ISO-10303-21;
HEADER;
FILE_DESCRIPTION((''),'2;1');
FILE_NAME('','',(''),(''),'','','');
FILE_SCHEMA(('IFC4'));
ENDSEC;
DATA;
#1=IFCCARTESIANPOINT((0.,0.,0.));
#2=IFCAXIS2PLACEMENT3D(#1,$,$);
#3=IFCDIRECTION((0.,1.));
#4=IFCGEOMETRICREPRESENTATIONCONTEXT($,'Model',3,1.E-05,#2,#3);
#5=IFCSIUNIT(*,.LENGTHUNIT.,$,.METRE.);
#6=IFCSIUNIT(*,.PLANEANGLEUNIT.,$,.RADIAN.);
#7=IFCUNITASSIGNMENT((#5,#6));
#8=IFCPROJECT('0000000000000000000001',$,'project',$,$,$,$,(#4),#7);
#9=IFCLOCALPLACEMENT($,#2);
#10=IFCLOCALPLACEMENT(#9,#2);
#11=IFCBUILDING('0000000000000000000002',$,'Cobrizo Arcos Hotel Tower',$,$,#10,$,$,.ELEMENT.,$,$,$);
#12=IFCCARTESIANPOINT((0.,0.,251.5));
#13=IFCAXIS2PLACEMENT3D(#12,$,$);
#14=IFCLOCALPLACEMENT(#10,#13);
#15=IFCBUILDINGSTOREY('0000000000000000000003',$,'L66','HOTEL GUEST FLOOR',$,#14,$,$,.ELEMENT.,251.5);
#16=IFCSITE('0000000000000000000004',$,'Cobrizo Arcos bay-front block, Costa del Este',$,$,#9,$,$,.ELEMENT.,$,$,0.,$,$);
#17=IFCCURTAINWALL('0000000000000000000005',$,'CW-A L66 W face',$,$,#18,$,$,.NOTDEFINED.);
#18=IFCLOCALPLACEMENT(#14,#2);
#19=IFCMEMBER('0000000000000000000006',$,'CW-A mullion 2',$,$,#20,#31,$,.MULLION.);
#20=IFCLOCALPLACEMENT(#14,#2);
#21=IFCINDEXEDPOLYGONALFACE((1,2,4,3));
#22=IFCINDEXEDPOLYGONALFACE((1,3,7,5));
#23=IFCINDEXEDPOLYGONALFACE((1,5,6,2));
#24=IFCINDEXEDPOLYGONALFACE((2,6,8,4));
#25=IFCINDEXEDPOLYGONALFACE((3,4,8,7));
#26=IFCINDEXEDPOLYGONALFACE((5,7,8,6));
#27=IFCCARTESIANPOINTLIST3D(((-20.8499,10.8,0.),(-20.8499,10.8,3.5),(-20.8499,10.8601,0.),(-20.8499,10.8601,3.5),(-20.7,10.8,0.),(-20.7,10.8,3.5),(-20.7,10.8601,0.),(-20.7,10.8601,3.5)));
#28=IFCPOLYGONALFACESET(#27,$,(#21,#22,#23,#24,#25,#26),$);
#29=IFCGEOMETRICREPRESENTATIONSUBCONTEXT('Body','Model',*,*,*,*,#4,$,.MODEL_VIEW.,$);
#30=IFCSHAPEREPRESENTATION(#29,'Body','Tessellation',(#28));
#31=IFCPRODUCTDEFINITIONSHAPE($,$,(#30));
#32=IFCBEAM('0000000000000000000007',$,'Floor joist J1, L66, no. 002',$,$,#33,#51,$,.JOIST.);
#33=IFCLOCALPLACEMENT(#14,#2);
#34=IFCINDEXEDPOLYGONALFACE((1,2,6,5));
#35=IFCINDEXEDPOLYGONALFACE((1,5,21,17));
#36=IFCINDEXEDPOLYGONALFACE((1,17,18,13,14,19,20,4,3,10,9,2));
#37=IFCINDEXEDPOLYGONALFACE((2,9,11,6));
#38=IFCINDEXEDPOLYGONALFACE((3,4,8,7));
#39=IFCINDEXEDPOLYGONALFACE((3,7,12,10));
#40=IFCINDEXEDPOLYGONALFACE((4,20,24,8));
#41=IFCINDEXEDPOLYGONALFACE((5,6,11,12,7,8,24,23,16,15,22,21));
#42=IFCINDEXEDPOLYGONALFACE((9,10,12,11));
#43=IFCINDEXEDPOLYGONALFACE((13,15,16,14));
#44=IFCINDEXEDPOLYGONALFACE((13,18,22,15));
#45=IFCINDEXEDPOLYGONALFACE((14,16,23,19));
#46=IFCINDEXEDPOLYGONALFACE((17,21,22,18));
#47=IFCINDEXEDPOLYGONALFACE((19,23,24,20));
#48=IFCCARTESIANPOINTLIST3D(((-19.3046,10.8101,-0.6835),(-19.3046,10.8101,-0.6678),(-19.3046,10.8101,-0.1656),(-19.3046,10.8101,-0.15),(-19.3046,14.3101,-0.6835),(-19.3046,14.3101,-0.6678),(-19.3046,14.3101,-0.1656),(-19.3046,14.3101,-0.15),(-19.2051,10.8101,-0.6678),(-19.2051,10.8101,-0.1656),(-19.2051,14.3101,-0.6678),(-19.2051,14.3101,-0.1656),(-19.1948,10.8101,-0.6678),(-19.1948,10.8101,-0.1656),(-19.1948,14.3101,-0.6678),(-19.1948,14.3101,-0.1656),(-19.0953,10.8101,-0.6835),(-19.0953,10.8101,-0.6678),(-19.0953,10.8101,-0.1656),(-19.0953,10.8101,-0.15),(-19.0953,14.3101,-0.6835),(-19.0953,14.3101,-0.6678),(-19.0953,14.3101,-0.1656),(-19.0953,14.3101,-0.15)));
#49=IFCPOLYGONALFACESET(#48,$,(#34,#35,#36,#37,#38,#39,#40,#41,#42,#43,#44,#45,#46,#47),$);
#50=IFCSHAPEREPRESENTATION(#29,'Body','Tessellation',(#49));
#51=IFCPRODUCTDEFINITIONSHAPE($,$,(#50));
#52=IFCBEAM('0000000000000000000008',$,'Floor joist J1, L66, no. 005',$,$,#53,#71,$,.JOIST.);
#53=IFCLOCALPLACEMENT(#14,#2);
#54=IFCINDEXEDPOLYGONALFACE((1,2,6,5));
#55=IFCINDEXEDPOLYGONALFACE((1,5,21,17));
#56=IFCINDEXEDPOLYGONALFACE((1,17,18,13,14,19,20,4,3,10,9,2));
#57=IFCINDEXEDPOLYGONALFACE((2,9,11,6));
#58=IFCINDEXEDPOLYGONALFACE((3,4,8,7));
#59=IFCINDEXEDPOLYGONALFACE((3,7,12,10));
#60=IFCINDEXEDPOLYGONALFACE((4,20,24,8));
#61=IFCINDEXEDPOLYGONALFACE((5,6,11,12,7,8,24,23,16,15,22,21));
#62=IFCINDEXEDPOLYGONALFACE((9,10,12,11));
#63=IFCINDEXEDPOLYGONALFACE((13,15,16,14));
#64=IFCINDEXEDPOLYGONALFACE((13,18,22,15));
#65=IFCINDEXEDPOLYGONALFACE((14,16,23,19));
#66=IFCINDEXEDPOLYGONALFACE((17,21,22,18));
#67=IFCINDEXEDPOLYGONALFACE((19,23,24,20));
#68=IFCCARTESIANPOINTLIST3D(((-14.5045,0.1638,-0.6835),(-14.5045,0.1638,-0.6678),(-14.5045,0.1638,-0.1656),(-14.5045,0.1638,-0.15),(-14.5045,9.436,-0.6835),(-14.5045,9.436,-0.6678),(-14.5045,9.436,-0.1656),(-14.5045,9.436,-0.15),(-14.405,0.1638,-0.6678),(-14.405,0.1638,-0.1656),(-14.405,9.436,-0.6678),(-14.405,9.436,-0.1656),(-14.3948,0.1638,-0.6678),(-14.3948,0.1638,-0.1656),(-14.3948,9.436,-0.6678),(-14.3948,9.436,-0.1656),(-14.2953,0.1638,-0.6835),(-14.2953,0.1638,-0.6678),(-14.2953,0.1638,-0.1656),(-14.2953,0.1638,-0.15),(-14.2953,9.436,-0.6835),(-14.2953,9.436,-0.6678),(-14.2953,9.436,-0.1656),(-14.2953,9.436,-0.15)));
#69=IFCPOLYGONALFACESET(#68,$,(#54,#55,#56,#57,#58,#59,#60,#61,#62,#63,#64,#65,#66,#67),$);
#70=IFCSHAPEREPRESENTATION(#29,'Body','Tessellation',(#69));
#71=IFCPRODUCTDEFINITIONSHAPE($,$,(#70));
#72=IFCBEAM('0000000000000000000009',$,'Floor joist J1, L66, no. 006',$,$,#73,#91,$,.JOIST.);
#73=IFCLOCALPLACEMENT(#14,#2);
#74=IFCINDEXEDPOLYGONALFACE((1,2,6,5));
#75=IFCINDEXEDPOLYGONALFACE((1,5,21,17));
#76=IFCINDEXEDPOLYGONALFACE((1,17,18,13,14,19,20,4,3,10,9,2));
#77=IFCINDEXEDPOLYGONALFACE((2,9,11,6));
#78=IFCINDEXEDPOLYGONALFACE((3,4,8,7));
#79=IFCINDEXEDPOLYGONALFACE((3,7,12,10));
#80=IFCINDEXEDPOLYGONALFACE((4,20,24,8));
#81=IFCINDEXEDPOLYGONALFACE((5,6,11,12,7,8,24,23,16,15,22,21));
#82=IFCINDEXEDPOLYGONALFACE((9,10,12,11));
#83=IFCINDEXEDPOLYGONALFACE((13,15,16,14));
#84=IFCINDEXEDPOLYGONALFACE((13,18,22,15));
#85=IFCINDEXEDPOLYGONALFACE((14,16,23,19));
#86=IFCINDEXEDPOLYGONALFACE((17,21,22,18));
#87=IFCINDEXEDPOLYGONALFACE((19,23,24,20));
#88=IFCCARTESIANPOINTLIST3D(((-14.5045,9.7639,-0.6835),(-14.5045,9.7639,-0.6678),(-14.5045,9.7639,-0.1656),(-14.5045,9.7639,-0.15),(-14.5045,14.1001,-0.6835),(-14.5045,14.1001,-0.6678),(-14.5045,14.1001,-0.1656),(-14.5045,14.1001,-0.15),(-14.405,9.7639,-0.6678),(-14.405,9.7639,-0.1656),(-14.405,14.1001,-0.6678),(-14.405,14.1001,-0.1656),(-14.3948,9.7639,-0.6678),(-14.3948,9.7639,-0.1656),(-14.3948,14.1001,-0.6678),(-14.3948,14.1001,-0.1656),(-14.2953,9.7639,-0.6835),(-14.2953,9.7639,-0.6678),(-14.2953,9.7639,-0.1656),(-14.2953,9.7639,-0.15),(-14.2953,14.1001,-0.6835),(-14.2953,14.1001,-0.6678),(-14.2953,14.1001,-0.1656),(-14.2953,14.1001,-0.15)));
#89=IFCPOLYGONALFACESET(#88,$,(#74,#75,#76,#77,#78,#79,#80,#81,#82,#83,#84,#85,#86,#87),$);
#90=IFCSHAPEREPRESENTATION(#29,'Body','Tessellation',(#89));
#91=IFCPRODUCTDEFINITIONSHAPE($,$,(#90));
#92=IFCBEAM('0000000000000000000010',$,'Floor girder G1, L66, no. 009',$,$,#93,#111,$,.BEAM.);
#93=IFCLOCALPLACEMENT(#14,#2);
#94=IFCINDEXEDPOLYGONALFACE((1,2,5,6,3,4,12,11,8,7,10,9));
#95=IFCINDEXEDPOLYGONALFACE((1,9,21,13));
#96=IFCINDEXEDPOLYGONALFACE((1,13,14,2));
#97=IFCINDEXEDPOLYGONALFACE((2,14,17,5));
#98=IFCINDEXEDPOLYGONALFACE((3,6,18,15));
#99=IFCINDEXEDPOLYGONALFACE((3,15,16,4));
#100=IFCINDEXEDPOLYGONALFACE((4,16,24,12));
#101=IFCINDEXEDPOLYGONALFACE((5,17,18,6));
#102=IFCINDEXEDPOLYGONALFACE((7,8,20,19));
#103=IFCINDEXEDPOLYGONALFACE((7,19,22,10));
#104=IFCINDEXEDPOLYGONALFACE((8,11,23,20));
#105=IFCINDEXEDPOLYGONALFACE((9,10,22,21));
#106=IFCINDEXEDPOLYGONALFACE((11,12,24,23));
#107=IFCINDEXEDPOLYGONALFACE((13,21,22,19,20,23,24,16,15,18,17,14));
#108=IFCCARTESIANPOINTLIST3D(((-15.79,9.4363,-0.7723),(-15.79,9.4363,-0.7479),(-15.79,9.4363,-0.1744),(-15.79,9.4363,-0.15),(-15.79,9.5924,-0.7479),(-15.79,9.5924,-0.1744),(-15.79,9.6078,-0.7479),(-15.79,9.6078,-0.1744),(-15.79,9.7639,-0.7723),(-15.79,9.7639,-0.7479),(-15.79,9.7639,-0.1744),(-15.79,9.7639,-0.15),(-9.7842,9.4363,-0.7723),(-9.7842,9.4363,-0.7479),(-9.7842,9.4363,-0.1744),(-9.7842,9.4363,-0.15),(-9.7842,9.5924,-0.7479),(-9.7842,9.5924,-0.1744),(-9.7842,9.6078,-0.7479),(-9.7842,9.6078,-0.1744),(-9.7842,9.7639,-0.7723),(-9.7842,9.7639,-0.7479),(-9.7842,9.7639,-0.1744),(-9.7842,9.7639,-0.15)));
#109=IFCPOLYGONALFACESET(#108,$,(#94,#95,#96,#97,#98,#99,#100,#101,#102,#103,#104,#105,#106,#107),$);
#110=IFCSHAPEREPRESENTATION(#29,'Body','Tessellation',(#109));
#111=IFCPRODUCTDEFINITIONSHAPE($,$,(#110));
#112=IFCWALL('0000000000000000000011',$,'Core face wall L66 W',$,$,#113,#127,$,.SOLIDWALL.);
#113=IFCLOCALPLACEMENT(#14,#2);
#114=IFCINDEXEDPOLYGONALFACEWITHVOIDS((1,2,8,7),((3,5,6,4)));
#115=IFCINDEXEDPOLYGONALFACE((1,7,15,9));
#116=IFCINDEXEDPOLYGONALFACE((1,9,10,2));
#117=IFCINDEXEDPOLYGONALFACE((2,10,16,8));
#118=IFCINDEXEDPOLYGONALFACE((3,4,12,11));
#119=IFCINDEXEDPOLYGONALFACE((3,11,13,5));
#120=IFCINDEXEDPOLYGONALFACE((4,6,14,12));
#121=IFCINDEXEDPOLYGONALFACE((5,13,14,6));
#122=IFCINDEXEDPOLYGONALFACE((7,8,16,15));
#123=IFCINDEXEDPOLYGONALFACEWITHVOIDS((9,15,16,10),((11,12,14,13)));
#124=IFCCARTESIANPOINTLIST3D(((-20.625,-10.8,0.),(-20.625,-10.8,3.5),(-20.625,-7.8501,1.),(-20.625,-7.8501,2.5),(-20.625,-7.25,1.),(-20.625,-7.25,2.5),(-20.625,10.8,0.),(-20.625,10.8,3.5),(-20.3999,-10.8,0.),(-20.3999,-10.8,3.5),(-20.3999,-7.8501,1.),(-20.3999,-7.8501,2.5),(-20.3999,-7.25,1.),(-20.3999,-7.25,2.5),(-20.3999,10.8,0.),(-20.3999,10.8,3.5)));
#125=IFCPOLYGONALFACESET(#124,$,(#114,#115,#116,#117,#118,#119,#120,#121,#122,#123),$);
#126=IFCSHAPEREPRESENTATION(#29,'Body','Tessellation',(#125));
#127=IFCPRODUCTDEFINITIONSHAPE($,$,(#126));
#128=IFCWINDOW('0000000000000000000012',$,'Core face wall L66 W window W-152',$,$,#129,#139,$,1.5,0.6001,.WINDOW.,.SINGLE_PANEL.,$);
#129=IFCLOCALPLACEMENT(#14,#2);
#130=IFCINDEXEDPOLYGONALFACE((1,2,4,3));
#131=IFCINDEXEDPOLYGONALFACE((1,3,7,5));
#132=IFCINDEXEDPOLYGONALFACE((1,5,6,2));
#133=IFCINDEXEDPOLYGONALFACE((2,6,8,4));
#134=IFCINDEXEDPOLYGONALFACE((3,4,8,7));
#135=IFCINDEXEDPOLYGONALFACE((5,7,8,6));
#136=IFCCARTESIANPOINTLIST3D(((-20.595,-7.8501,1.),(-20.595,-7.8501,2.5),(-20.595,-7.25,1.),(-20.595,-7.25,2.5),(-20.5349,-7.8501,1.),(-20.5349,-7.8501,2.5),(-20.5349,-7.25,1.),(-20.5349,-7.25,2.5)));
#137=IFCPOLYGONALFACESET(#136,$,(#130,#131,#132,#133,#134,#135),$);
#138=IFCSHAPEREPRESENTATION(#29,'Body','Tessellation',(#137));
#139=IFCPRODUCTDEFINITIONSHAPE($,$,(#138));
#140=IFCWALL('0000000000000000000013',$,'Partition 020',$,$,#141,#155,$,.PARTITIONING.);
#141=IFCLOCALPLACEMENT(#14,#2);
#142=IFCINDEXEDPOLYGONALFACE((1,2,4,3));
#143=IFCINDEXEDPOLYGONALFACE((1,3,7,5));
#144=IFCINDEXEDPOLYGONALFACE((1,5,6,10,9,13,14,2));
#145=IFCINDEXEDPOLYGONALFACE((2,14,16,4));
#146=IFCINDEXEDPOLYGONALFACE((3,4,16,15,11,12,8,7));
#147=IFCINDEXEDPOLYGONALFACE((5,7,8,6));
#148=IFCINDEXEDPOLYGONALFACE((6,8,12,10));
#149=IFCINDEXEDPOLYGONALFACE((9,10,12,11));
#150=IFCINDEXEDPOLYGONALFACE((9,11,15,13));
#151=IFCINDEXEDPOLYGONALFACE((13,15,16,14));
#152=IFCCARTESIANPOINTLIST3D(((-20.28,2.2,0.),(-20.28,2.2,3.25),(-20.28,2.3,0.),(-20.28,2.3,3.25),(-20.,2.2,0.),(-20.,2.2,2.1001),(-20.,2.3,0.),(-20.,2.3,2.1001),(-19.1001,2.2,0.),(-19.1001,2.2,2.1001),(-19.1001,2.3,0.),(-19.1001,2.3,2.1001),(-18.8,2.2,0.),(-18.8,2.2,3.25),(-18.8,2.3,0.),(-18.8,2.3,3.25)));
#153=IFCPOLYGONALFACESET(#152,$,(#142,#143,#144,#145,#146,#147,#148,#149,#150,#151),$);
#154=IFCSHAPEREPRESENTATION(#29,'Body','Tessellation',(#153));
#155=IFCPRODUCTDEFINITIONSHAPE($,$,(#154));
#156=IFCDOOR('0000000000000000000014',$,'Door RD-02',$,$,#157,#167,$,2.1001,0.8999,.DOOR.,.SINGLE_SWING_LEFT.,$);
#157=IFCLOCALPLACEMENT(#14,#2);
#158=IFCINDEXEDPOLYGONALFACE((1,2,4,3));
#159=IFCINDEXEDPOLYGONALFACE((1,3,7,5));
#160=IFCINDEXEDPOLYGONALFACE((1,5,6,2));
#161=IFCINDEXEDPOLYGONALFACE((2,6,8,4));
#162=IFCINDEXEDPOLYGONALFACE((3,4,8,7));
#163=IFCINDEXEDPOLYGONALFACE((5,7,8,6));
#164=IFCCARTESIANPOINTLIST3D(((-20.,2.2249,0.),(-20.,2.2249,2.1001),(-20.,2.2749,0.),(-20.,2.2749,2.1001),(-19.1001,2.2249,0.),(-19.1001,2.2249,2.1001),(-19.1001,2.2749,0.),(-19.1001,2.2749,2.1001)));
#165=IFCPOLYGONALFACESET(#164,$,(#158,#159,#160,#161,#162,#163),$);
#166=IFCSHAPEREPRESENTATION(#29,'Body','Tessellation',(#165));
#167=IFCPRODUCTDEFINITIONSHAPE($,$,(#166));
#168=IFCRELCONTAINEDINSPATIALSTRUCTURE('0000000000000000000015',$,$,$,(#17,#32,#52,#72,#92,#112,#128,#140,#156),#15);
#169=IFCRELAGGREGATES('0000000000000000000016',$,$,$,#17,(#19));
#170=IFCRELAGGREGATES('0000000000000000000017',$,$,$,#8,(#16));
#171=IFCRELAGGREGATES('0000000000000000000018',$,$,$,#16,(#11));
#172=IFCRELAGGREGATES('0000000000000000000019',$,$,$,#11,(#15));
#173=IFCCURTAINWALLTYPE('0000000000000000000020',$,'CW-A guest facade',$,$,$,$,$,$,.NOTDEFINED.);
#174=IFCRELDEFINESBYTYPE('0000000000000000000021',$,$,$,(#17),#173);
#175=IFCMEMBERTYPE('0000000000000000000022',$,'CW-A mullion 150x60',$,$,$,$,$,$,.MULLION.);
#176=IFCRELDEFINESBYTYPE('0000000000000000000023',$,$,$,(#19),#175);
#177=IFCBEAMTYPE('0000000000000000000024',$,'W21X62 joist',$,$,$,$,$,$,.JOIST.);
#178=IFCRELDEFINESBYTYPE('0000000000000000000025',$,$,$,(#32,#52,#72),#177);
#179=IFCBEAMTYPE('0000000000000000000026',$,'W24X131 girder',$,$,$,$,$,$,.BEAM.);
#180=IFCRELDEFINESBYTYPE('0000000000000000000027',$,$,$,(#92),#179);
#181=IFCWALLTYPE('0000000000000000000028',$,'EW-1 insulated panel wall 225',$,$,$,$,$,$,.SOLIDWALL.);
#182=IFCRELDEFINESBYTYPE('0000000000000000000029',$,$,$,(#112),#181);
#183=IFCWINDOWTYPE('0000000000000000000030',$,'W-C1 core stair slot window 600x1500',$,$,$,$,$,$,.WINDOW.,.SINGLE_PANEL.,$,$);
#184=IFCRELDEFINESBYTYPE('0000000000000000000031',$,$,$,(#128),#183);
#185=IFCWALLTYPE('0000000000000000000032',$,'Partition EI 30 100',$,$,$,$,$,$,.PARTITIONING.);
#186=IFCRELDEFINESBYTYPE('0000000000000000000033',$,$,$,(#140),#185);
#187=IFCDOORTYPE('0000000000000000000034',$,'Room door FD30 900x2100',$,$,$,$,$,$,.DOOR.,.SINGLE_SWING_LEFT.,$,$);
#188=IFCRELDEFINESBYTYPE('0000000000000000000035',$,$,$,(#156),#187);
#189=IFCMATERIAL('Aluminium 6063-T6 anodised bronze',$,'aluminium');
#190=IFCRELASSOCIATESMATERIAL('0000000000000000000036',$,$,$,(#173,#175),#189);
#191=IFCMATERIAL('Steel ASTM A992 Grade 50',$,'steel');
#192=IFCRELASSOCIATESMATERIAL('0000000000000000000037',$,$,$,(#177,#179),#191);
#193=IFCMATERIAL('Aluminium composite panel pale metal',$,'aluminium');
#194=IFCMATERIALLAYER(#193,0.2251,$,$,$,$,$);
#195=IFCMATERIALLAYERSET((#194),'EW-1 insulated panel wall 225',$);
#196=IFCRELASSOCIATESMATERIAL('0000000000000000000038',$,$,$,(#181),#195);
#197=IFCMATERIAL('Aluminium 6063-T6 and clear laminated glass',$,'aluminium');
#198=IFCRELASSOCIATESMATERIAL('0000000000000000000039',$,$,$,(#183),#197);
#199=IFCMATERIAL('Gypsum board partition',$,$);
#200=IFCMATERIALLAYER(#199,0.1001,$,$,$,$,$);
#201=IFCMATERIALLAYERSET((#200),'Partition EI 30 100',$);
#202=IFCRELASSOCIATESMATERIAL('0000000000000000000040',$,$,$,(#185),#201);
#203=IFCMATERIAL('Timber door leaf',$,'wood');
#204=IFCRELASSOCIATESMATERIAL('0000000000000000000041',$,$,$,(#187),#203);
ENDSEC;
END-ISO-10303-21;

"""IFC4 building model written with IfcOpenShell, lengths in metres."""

from ifc_helpers import new_model, si_unit, direction, frame, frame_2d, origin, origin_2d, place, context, subcontext, project, spatial, rectangle, i_section, extrude, material, layer, layer_set, material_profile, profile_set, type_object, element, fill, aggregate, save


model = new_model("IFC4")

# Units and contexts
model_context = context("Model", 3, precision=1e-05, world=origin(), true_north=direction((0.0, 1.0)))
body_context = subcontext(model_context, "Body", "Model", "MODEL_VIEW")
ifc_project = project(units=[si_unit("LENGTHUNIT", "METRE"), si_unit("PLANEANGLEUNIT", "RADIAN")], contexts=[model_context])

# Site, building, storey
site_placement = place(None, origin())
site = spatial("IfcSite", under=ifc_project, at=site_placement, Name="Cobrizo Arcos bay-front block, Costa del Este", CompositionType="ELEMENT", RefElevation=0.0)
building_placement = place(site_placement, origin())
building = spatial("IfcBuilding", under=site, at=building_placement, Name="Cobrizo Arcos Hotel Tower", CompositionType="ELEMENT")
storey_placement = place(building_placement, frame((0.0, 0.0, 251.5)))
storey = spatial("IfcBuildingStorey", under=building, at=storey_placement, Name="L66", Description="HOTEL GUEST FLOOR", CompositionType="ELEMENT", Elevation=251.5)

# Curtain wall, member
ifc_material_1 = material(Name="Aluminium 6063-T6 anodised bronze", Category="aluminium")
curtain_wall_type = type_object("IfcCurtainWallType", Name="CW-A guest facade", PredefinedType="NOTDEFINED", material=ifc_material_1)
curtain_wall_placement = place(storey_placement, origin())
curtain_wall = element("IfcCurtainWall", 1, at=curtain_wall_placement, inside=storey, type_object=curtain_wall_type, Name="CW-A L66 W face", PredefinedType="NOTDEFINED")
ifc_material_profile_1 = material_profile(ifc_material_1, rectangle(XDim=0.1499, YDim=0.0601, at=origin_2d()), Name="CW-A mullion 150x60")
ifc_profile_set_1 = profile_set([ifc_material_profile_1], Name="Aluminium 6063-T6 anodised bronze")
member_type = type_object("IfcMemberType", Name="CW-A mullion 150x60", PredefinedType="MULLION", material=ifc_profile_set_1)
member_placement = place(storey_placement, frame((-20.7749, 10.8301, 0.0), z_axis=(0.0, 0.0, 1.0), x_axis=(-1.0, 0.0, 0.0)))
member = element("IfcMember", 2, at=member_placement, type_object=member_type, Name="CW-A mullion 2", PredefinedType="MULLION", context=body_context, shape_type="SweptSolid", body=[
    extrude(rectangle(XDim=0.1499, YDim=0.0601, at=origin_2d()), origin(), (0.0, 0.0, 1.0), 3.5),
])
aggregate(curtain_wall, [member])

# Beams
ifc_material_2 = material(Name="Steel ASTM A992 Grade 50", Category="steel")
ifc_material_profile_2 = material_profile(ifc_material_2, i_section(OverallWidth=0.2092, OverallDepth=0.5334, WebThickness=0.0103, FlangeThickness=0.0156, at=origin_2d()), Name="W21X62")
ifc_profile_set_2 = profile_set([ifc_material_profile_2], Name="Steel ASTM A992 Grade 50")
beam_type_1 = type_object("IfcBeamType", Name="W21X62 joist", PredefinedType="JOIST", material=ifc_profile_set_2)
beam_1_placement = place(storey_placement, frame((-19.2, 10.8101, -0.4167), z_axis=(0.0, 1.0, 0.0), x_axis=(-1.0, 0.0, 0.0)))
element("IfcBeam", 3, at=beam_1_placement, inside=storey, type_object=beam_type_1, Name="Floor joist J1, L66, no. 002", PredefinedType="JOIST", context=body_context, shape_type="SweptSolid", body=[
    extrude(i_section(OverallWidth=0.2092, OverallDepth=0.5334, WebThickness=0.0103, FlangeThickness=0.0156, at=origin_2d()), origin(), (0.0, 0.0, 1.0), 3.5),
])
beam_2_placement = place(storey_placement, frame((-14.3999, 0.1638, -0.4167), z_axis=(0.0, 1.0, 0.0), x_axis=(-1.0, 0.0, 0.0)))
element("IfcBeam", 4, at=beam_2_placement, inside=storey, type_object=beam_type_1, Name="Floor joist J1, L66, no. 005", PredefinedType="JOIST", context=body_context, shape_type="SweptSolid", body=[
    extrude(i_section(OverallWidth=0.2092, OverallDepth=0.5334, WebThickness=0.0103, FlangeThickness=0.0156, at=origin_2d()), origin(), (0.0, 0.0, 1.0), 9.2722),
])
beam_3_placement = place(storey_placement, frame((-14.3999, 9.7639, -0.4167), z_axis=(0.0, 1.0, 0.0), x_axis=(-1.0, 0.0, 0.0)))
element("IfcBeam", 5, at=beam_3_placement, inside=storey, type_object=beam_type_1, Name="Floor joist J1, L66, no. 006", PredefinedType="JOIST", context=body_context, shape_type="SweptSolid", body=[
    extrude(i_section(OverallWidth=0.2092, OverallDepth=0.5334, WebThickness=0.0103, FlangeThickness=0.0156, at=origin_2d()), origin(), (0.0, 0.0, 1.0), 4.3362),
])
ifc_material_profile_3 = material_profile(ifc_material_2, i_section(OverallWidth=0.3276, OverallDepth=0.6223, WebThickness=0.0154, FlangeThickness=0.0244, at=origin_2d()), Name="W24X131")
ifc_profile_set_3 = profile_set([ifc_material_profile_3], Name="Steel ASTM A992 Grade 50")
beam_type_2 = type_object("IfcBeamType", Name="W24X131 girder", PredefinedType="BEAM", material=ifc_profile_set_3)
beam_4_placement = place(storey_placement, frame((-15.79, 9.6001, -0.4612), z_axis=(1.0, 0.0, 0.0), x_axis=(0.0, 1.0, 0.0)))
element("IfcBeam", 6, at=beam_4_placement, inside=storey, type_object=beam_type_2, Name="Floor girder G1, L66, no. 009", PredefinedType="BEAM", context=body_context, shape_type="SweptSolid", body=[
    extrude(i_section(OverallWidth=0.3276, OverallDepth=0.6223, WebThickness=0.0154, FlangeThickness=0.0244, at=origin_2d()), origin(), (0.0, 0.0, 1.0), 6.0059),
])

# Wall, opening, window
ifc_material_3 = material(Name="Aluminium composite panel pale metal", Category="aluminium")
ifc_layer_1 = layer(ifc_material_3, 0.2251)
ifc_layer_set_1 = layer_set([ifc_layer_1], Name="EW-1 insulated panel wall 225")
wall_type_1 = type_object("IfcWallType", Name="EW-1 insulated panel wall 225", PredefinedType="SOLIDWALL", material=ifc_layer_set_1)
wall_1_placement = place(storey_placement, frame((-20.5125, 10.8, 0.0), z_axis=(0.0, 0.0, 1.0), x_axis=(0.0, -1.0, 0.0)))
wall_1 = element("IfcWall", 7, at=wall_1_placement, inside=storey, type_object=wall_type_1, Name="Core face wall L66 W", PredefinedType="SOLIDWALL", context=body_context, shape_type="SweptSolid", body=[
    extrude(rectangle(XDim=21.6001, YDim=0.2251, at=frame_2d((10.8, 0.0))), origin(), (0.0, 0.0, 1.0), 3.5),
])
opening_1_placement = place(wall_1_placement, frame((18.05, 0.0, 1.0)))
opening_1 = element("IfcOpeningElement", 8, at=opening_1_placement, cuts=wall_1, PredefinedType="OPENING", context=body_context, shape_type="SweptSolid", body=[
    extrude(rectangle(XDim=0.6001, YDim=1.5, at=frame_2d((0.3, 0.75))), frame((0.0, 0.1245, 0.0), z_axis=(0.0, -1.0, 0.0), x_axis=(1.0, 0.0, 0.0)), (0.0, 0.0, 1.0), 0.249),
])
ifc_material_4 = material(Name="Aluminium 6063-T6 and clear laminated glass", Category="aluminium")
window_type = type_object("IfcWindowType", Name="W-C1 core stair slot window 600x1500", PartitioningType="SINGLE_PANEL", PredefinedType="WINDOW", material=ifc_material_4)
window_placement = place(opening_1_placement, origin())
window = element("IfcWindow", 9, at=window_placement, inside=storey, type_object=window_type, Name="Core face wall L66 W window W-152", OverallHeight=1.5, OverallWidth=0.6001, PartitioningType="SINGLE_PANEL", PredefinedType="WINDOW", context=body_context, shape_type="SweptSolid", body=[
    extrude(rectangle(XDim=0.6001, YDim=1.5, at=frame_2d((0.3, 0.75))), frame((0.0, -0.0225, 0.0), z_axis=(0.0, -1.0, 0.0), x_axis=(1.0, 0.0, 0.0)), (0.0, 0.0, 1.0), 0.0601),
])
fill(opening_1, window)

# Wall, opening, door
ifc_material_5 = material(Name="Gypsum board partition")
ifc_layer_2 = layer(ifc_material_5, 0.1001)
ifc_layer_set_2 = layer_set([ifc_layer_2], Name="Partition EI 30 100")
wall_type_2 = type_object("IfcWallType", Name="Partition EI 30 100", PredefinedType="PARTITIONING", material=ifc_layer_set_2)
wall_2_placement = place(storey_placement, frame((-20.28, 2.25, 0.0), z_axis=(0.0, 0.0, 1.0), x_axis=(1.0, 0.0, 0.0)))
wall_2 = element("IfcWall", 10, at=wall_2_placement, inside=storey, type_object=wall_type_2, Name="Partition 020", PredefinedType="PARTITIONING", context=body_context, shape_type="SweptSolid", body=[
    extrude(rectangle(XDim=1.48, YDim=0.1001, at=frame_2d((0.74, 0.0))), origin(), (0.0, 0.0, 1.0), 3.25),
])
opening_2_placement = place(wall_2_placement, frame((0.28, 0.0, 0.0)))
opening_2 = element("IfcOpeningElement", 11, at=opening_2_placement, cuts=wall_2, PredefinedType="OPENING", context=body_context, shape_type="SweptSolid", body=[
    extrude(rectangle(XDim=0.8999, YDim=2.1001, at=frame_2d((0.45, 1.05))), frame((0.0, 0.062, 0.0), z_axis=(0.0, -1.0, 0.0), x_axis=(1.0, 0.0, 0.0)), (0.0, 0.0, 1.0), 0.124),
])
ifc_material_6 = material(Name="Timber door leaf", Category="wood")
door_type_1 = type_object("IfcDoorType", Name="Room door FD30 900x2100", OperationType="SINGLE_SWING_LEFT", PredefinedType="DOOR", material=ifc_material_6)
door_1_placement = place(opening_2_placement, origin())
door_1 = element("IfcDoor", 12, at=door_1_placement, inside=storey, type_object=door_type_1, Name="Door RD-02", OperationType="SINGLE_SWING_LEFT", OverallHeight=2.1001, OverallWidth=0.8999, PredefinedType="DOOR", context=body_context, shape_type="SweptSolid", body=[
    extrude(rectangle(XDim=0.8999, YDim=2.1001, at=frame_2d((0.45, 1.05))), frame((0.0, 0.0249, 0.0), z_axis=(0.0, -1.0, 0.0), x_axis=(1.0, 0.0, 0.0)), (0.0, 0.0, 1.0), 0.05),
])
fill(opening_2, door_1)

save(model, "model.ifc")
